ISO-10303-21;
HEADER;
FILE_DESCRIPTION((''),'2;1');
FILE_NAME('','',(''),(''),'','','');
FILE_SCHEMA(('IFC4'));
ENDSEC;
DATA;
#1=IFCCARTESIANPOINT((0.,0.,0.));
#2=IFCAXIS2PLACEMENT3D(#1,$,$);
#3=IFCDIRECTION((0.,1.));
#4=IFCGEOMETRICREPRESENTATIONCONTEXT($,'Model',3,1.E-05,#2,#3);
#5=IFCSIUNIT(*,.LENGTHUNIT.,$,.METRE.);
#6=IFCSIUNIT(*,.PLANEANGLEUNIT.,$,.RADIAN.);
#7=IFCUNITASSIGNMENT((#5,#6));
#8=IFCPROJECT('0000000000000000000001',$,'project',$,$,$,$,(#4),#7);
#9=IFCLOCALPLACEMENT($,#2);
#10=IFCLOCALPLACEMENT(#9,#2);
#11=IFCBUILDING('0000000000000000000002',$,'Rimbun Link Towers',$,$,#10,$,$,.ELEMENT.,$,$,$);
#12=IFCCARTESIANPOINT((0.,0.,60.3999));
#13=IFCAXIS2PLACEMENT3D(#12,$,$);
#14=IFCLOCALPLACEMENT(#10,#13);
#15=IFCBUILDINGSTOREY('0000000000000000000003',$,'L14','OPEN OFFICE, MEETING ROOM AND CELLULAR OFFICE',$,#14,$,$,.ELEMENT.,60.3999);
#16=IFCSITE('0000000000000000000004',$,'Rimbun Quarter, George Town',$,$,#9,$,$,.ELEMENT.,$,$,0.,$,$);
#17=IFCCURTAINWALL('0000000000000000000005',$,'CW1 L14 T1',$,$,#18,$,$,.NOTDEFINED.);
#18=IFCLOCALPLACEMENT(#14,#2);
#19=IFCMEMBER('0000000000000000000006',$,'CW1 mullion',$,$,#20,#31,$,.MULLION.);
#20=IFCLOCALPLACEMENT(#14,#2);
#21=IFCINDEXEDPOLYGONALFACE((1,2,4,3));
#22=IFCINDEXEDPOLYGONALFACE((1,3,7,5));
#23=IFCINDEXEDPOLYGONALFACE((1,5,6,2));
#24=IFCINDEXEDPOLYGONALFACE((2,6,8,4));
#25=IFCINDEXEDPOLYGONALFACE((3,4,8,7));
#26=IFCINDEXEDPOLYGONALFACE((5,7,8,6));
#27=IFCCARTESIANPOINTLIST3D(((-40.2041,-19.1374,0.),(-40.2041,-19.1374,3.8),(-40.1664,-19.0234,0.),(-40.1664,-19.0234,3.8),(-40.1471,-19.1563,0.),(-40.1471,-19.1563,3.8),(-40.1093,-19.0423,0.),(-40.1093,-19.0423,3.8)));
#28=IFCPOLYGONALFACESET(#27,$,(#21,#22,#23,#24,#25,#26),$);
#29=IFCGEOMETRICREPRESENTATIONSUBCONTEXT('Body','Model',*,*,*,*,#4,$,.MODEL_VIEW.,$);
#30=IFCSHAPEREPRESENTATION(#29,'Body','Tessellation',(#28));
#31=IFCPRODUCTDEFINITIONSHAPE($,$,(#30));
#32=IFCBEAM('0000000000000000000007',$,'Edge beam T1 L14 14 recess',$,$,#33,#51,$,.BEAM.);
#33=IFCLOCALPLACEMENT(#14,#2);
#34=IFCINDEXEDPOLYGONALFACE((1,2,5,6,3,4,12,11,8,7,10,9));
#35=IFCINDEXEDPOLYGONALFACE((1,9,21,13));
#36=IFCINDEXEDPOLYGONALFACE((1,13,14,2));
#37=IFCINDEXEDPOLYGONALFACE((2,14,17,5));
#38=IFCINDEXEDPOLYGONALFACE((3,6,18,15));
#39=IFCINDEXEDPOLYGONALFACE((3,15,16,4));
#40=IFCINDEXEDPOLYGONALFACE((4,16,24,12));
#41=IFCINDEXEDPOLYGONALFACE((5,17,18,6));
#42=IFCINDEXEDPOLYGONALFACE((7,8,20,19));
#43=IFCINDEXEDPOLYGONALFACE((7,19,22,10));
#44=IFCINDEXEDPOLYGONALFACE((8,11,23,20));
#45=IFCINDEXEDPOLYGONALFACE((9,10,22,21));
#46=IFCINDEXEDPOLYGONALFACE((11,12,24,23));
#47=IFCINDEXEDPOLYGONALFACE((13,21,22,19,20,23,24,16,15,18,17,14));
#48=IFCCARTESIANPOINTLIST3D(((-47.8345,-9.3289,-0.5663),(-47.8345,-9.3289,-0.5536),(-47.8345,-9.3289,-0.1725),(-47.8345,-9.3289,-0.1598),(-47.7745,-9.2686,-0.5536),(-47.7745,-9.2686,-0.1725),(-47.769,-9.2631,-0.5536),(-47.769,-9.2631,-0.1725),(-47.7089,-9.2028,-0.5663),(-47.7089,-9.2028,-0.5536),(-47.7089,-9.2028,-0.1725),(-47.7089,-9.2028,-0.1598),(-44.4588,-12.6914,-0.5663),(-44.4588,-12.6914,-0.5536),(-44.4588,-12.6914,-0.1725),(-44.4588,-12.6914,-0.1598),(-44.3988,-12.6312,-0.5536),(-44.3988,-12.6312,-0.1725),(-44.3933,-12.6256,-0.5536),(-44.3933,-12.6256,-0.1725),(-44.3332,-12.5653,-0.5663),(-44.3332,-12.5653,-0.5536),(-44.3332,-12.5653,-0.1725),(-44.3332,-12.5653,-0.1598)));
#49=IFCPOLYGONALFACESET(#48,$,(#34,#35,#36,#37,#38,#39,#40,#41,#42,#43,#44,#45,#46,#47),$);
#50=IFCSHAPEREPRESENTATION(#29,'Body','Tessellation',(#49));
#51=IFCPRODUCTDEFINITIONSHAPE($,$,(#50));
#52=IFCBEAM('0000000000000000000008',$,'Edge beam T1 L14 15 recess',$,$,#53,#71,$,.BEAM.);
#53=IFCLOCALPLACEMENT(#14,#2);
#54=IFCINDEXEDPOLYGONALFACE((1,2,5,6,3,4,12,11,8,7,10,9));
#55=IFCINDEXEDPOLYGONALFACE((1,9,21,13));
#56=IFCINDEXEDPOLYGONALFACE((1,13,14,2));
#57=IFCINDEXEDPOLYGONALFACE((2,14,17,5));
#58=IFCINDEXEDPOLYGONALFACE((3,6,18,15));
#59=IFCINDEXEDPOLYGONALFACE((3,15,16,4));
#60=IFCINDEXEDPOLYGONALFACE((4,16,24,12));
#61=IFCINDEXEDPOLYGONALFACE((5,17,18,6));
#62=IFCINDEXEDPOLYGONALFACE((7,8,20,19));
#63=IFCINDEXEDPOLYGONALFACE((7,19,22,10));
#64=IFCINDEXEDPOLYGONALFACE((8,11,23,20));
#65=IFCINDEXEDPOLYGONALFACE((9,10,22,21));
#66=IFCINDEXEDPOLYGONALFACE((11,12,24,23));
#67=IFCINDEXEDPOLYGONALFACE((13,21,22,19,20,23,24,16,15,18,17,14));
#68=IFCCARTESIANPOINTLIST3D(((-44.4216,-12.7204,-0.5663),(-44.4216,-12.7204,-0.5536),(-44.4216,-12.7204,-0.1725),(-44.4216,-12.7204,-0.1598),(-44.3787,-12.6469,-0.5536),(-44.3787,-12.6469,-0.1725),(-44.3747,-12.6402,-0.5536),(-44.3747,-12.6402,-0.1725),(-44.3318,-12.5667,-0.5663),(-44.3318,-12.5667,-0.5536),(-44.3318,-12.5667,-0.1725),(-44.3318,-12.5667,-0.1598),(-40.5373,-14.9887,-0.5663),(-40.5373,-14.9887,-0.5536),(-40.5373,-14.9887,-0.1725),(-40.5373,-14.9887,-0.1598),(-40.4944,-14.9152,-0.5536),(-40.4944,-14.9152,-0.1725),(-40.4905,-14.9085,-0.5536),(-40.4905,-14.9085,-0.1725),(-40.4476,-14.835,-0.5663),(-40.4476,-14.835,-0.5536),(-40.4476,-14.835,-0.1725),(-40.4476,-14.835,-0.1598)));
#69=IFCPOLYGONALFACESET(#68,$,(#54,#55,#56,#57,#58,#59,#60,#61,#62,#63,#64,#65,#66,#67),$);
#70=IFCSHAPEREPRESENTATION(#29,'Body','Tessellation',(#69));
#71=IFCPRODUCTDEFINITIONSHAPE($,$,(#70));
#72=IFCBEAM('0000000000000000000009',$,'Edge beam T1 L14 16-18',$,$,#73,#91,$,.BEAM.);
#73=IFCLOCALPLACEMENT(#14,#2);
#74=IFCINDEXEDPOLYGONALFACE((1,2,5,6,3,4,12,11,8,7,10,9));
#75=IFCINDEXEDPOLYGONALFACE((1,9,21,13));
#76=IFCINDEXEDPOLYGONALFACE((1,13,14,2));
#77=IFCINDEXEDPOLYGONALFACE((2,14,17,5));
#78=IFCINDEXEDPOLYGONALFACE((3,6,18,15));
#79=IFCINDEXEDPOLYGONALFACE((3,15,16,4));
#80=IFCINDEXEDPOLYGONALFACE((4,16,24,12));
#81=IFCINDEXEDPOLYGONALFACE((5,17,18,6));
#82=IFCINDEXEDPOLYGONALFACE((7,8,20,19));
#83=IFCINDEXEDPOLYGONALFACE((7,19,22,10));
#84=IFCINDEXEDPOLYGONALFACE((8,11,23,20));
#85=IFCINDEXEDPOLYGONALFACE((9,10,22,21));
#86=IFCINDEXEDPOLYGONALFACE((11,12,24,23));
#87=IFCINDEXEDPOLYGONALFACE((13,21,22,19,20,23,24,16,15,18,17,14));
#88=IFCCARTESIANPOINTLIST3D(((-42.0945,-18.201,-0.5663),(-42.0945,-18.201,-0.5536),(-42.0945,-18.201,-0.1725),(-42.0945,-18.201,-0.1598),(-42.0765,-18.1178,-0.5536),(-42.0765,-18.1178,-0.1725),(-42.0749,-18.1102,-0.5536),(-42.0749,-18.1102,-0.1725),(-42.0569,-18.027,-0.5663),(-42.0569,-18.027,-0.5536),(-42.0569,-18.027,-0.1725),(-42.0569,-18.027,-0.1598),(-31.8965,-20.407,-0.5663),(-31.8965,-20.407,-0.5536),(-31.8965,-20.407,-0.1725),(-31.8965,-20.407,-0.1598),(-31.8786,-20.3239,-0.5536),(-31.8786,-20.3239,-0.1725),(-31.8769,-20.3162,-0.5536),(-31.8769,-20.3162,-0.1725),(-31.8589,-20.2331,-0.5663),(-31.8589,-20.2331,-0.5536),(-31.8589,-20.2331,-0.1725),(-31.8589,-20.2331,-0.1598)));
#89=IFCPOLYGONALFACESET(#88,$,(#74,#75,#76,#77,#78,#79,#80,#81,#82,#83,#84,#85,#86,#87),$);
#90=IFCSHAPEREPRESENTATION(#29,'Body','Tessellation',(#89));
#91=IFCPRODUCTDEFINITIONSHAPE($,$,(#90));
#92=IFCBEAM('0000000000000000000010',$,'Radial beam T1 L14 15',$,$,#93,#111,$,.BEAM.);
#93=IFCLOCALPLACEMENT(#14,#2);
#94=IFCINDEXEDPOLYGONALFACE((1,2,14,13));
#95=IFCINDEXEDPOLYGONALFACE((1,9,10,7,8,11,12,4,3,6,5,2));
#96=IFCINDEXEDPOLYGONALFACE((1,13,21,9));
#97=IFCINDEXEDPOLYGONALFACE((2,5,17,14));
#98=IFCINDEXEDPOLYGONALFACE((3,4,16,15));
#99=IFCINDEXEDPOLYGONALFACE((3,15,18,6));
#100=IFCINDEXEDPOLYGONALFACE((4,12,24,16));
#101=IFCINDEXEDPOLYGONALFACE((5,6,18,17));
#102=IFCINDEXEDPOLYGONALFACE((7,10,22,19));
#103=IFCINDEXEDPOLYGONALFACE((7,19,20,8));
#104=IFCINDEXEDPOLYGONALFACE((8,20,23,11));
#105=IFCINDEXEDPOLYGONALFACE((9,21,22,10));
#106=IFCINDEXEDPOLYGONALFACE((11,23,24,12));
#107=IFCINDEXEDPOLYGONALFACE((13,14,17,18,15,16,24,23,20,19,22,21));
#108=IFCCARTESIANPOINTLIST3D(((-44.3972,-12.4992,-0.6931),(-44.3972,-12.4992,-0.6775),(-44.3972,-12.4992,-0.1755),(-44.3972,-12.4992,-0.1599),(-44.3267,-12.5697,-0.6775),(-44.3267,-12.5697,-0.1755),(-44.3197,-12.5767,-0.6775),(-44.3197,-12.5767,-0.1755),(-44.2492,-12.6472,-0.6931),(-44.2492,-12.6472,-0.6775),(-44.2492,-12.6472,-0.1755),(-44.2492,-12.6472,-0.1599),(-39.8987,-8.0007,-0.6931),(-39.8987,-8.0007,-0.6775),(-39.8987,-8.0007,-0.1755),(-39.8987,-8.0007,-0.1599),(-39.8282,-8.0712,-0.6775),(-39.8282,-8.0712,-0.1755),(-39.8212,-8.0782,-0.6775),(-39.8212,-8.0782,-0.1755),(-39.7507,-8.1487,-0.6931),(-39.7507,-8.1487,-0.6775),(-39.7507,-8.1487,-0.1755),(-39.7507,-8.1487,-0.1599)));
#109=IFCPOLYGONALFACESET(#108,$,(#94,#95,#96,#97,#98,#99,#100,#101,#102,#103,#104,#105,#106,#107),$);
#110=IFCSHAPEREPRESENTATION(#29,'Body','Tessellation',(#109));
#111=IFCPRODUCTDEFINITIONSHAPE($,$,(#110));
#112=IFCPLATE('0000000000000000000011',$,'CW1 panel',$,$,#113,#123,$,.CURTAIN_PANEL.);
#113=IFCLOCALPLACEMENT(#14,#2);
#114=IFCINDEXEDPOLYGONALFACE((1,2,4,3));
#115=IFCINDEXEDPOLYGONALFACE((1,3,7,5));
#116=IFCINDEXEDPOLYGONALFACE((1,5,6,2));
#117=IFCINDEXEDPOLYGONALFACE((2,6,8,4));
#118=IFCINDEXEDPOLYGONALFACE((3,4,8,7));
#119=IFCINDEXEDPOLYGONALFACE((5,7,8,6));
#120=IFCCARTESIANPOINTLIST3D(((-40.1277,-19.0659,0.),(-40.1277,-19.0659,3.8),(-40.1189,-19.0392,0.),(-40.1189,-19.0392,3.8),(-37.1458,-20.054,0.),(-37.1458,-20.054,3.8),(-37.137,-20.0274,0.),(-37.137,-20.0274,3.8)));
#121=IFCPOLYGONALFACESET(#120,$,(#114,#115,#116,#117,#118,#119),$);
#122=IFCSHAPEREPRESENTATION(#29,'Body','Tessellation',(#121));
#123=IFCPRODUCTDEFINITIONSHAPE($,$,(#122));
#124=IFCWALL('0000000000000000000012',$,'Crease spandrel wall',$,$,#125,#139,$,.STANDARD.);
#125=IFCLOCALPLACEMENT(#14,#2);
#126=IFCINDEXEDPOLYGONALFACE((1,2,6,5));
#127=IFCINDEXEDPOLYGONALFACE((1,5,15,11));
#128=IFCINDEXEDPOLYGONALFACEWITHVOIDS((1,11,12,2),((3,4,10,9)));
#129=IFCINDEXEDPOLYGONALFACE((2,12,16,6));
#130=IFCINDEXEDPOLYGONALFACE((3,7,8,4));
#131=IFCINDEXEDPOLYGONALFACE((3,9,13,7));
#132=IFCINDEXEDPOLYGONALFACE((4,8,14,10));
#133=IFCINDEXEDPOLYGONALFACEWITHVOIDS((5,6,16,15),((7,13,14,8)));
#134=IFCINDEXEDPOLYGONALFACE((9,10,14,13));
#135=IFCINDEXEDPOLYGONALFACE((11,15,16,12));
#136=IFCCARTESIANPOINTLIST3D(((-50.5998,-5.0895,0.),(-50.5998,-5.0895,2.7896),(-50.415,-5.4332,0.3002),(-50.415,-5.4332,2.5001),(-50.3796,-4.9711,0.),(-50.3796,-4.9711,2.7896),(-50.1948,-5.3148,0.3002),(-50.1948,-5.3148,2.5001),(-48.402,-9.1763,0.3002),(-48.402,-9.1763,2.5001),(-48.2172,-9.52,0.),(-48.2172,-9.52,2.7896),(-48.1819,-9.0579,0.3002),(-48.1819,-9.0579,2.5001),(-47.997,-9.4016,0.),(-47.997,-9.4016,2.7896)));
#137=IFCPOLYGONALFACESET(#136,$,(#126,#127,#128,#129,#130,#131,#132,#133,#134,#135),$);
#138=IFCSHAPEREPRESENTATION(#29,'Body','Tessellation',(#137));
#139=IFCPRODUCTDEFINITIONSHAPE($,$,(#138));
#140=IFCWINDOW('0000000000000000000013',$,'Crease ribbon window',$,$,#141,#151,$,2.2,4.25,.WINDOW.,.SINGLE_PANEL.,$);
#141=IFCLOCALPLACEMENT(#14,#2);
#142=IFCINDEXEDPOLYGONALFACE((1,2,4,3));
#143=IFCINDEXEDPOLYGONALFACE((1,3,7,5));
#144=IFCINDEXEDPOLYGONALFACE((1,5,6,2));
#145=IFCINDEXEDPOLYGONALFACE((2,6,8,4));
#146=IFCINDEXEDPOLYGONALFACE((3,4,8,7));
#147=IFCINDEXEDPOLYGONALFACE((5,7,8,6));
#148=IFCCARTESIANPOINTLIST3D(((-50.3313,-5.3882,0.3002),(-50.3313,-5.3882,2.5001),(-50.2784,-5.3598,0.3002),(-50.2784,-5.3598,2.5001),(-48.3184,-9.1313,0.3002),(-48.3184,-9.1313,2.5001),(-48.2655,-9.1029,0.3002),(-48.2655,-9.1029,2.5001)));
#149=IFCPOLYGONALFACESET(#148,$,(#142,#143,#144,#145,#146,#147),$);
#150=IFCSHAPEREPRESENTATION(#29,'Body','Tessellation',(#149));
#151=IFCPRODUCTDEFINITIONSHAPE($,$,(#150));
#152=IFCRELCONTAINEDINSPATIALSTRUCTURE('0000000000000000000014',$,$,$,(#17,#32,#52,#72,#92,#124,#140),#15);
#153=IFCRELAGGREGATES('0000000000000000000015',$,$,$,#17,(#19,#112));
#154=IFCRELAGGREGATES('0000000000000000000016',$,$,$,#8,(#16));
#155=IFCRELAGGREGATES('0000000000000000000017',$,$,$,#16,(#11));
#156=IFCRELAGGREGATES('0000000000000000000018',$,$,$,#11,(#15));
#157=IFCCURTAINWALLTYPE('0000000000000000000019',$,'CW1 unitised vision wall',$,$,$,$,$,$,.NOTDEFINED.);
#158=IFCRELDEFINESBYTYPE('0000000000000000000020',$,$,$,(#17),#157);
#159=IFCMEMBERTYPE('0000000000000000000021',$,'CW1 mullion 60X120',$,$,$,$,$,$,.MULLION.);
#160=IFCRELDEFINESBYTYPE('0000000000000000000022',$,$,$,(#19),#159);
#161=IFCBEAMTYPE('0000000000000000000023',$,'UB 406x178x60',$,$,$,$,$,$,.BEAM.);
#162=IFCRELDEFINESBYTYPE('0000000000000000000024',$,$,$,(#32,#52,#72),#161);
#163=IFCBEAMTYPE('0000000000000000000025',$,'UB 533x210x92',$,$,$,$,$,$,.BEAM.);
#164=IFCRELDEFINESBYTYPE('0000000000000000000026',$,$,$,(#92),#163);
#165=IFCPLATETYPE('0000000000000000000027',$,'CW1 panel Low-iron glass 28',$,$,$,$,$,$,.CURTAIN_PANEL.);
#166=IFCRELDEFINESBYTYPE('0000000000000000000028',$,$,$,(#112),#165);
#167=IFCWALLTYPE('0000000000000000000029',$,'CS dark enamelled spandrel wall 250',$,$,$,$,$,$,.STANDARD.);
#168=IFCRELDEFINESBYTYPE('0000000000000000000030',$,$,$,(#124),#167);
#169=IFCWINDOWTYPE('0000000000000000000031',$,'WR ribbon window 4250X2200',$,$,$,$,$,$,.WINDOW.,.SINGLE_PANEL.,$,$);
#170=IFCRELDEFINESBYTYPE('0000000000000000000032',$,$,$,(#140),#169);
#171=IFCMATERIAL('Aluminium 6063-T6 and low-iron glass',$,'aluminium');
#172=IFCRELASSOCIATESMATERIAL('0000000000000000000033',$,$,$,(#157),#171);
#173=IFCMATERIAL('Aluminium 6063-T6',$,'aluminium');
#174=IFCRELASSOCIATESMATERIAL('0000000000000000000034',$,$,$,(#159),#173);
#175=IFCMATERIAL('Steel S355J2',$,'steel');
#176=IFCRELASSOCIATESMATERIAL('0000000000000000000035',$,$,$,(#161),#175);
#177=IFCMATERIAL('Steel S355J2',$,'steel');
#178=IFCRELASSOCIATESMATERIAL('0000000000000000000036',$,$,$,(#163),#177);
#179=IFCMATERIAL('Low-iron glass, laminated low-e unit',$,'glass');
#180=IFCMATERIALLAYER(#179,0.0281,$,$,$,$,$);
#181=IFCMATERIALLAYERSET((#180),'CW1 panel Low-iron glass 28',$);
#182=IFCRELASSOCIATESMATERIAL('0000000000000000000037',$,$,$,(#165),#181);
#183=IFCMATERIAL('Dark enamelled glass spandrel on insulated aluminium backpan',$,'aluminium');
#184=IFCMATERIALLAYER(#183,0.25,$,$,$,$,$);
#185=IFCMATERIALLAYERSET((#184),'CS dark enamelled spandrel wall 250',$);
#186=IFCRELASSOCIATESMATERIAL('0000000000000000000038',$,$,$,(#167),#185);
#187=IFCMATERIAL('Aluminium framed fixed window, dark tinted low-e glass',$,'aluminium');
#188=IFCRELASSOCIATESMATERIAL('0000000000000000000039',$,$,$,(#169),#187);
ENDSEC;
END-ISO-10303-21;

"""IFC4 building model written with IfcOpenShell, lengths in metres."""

from ifc_helpers import new_model, si_unit, direction, frame, frame_2d, origin, origin_2d, place, context, subcontext, project, spatial, rectangle, i_section, extrude, material, layer, layer_set, material_profile, profile_set, type_object, element, fill, aggregate, save


model = new_model("IFC4")

# Units and contexts
model_context = context("Model", 3, precision=1e-05, world=origin(), true_north=direction((0.0, 1.0)))
body_context = subcontext(model_context, "Body", "Model", "MODEL_VIEW")
ifc_project = project(units=[si_unit("LENGTHUNIT", "METRE"), si_unit("PLANEANGLEUNIT", "RADIAN")], contexts=[model_context])

# Site, building, storey
site_placement = place(None, origin())
site = spatial("IfcSite", under=ifc_project, at=site_placement, Name="Rimbun Quarter, George Town", CompositionType="ELEMENT", RefElevation=0.0)
building_placement = place(site_placement, origin())
building = spatial("IfcBuilding", under=site, at=building_placement, Name="Rimbun Link Towers", CompositionType="ELEMENT")
storey_placement = place(building_placement, frame((0.0, 0.0, 60.3999)))
storey = spatial("IfcBuildingStorey", under=building, at=storey_placement, Name="L14", Description="OPEN OFFICE, MEETING ROOM AND CELLULAR OFFICE", CompositionType="ELEMENT", Elevation=60.3999)

# Curtain wall, member
ifc_material_1 = material(Name="Aluminium 6063-T6 and low-iron glass", Category="aluminium")
curtain_wall_type = type_object("IfcCurtainWallType", Name="CW1 unitised vision wall", PredefinedType="NOTDEFINED", material=ifc_material_1)
curtain_wall_placement = place(storey_placement, origin())
curtain_wall = element("IfcCurtainWall", 1, at=curtain_wall_placement, inside=storey, type_object=curtain_wall_type, Name="CW1 L14 T1", PredefinedType="NOTDEFINED")
ifc_material_2 = material(Name="Aluminium 6063-T6", Category="aluminium")
ifc_material_profile_1 = material_profile(ifc_material_2, rectangle(XDim=0.1201, YDim=0.0601, at=origin_2d()), Name="MULLION 60X120")
ifc_profile_set_1 = profile_set([ifc_material_profile_1], Name="Aluminium 6063-T6")
member_type_1 = type_object("IfcMemberType", Name="CW1 mullion 60X120", PredefinedType="MULLION", material=ifc_profile_set_1)
member_1_placement = place(storey_placement, frame((-40.1567, -19.0898, 0.0), z_axis=(0.0, 0.0, 1.0), x_axis=(-0.314563, -0.949236, 0.0)))
member_1 = element("IfcMember", 2, at=member_1_placement, type_object=member_type_1, Name="CW1 mullion", PredefinedType="MULLION", context=body_context, shape_type="SweptSolid", body=[
    extrude(rectangle(XDim=0.1201, YDim=0.0601, at=origin_2d()), origin(), (0.0, 0.0, 1.0), 3.8),
])

# Beams
ifc_material_3 = material(Name="Steel S355J2", Category="steel")
ifc_material_profile_2 = material_profile(ifc_material_3, i_section(OverallWidth=0.178, OverallDepth=0.4065, WebThickness=0.0078, FlangeThickness=0.0127, at=origin_2d()), Name="UB 406x178x60")
ifc_profile_set_2 = profile_set([ifc_material_profile_2], Name="Steel S355J2")
beam_type_1 = type_object("IfcBeamType", Name="UB 406x178x60", PredefinedType="BEAM", material=ifc_profile_set_2)
beam_1_placement = place(storey_placement, frame((-47.7717, -9.2659, -0.363), z_axis=(0.708489, -0.705722, 0.0), x_axis=(0.705722, 0.708489, 0.0)))
element("IfcBeam", 3, at=beam_1_placement, inside=storey, type_object=beam_type_1, Name="Edge beam T1 L14 14 recess", PredefinedType="BEAM", context=body_context, shape_type="SweptSolid", body=[
    extrude(i_section(OverallWidth=0.178, OverallDepth=0.4065, WebThickness=0.0078, FlangeThickness=0.0127, at=origin_2d()), origin(), (0.0, 0.0, 1.0), 4.7646),
])
beam_2_placement = place(storey_placement, frame((-44.3767, -12.6436, -0.363), z_axis=(0.863539, -0.504283, 0.0), x_axis=(0.504283, 0.863539, 0.0)))
element("IfcBeam", 4, at=beam_2_placement, inside=storey, type_object=beam_type_1, Name="Edge beam T1 L14 15 recess", PredefinedType="BEAM", context=body_context, shape_type="SweptSolid", body=[
    extrude(i_section(OverallWidth=0.178, OverallDepth=0.4065, WebThickness=0.0078, FlangeThickness=0.0127, at=origin_2d()), origin(), (0.0, 0.0, 1.0), 4.498),
])
beam_3_placement = place(storey_placement, frame((-42.0757, -18.114, -0.363), z_axis=(0.977393, -0.211432, 0.0), x_axis=(0.211432, 0.977393, 0.0)))
element("IfcBeam", 5, at=beam_3_placement, inside=storey, type_object=beam_type_1, Name="Edge beam T1 L14 16-18", PredefinedType="BEAM", context=body_context, shape_type="SweptSolid", body=[
    extrude(i_section(OverallWidth=0.178, OverallDepth=0.4065, WebThickness=0.0078, FlangeThickness=0.0127, at=origin_2d()), origin(), (0.0, 0.0, 1.0), 10.4338),
])
ifc_material_4 = material(Name="Steel S355J2", Category="steel")
ifc_material_profile_3 = material_profile(ifc_material_4, i_section(OverallWidth=0.2092, OverallDepth=0.5332, WebThickness=0.01, FlangeThickness=0.0156, at=origin_2d()), Name="UB 533x210x92")
ifc_profile_set_3 = profile_set([ifc_material_profile_3], Name="Steel S355J2")
beam_type_2 = type_object("IfcBeamType", Name="UB 533x210x92", PredefinedType="BEAM", material=ifc_profile_set_3)
beam_4_placement = place(storey_placement, frame((-39.8247, -8.0747, -0.4265), z_axis=(-0.707107, -0.707107, 0.0), x_axis=(0.707107, -0.707107, 0.0)))
element("IfcBeam", 6, at=beam_4_placement, inside=storey, type_object=beam_type_2, Name="Radial beam T1 L14 15", PredefinedType="BEAM", context=body_context, shape_type="SweptSolid", body=[
    extrude(i_section(OverallWidth=0.2092, OverallDepth=0.5332, WebThickness=0.01, FlangeThickness=0.0156, at=origin_2d()), origin(), (0.0, 0.0, 1.0), 6.3618),
])

# Plate
ifc_material_5 = material(Name="Low-iron glass, laminated low-e unit", Category="glass")
ifc_layer_1 = layer(ifc_material_5, 0.0281)
ifc_layer_set_1 = layer_set([ifc_layer_1], Name="CW1 panel Low-iron glass 28")
plate_type = type_object("IfcPlateType", Name="CW1 panel Low-iron glass 28", PredefinedType="CURTAIN_PANEL", material=ifc_layer_set_1)
plate_placement = place(storey_placement, frame((-38.6323, -19.5466, 0.0), z_axis=(0.0, 0.0, 1.0), x_axis=(-0.949236, 0.314563, 0.0)))
plate = element("IfcPlate", 7, at=plate_placement, type_object=plate_type, Name="CW1 panel", PredefinedType="CURTAIN_PANEL", context=body_context, shape_type="SweptSolid", body=[
    extrude(rectangle(XDim=3.1414, YDim=0.0281, at=origin_2d()), origin(), (0.0, 0.0, 1.0), 3.8),
])
aggregate(curtain_wall, [member_1, plate])

# Wall, opening, window
ifc_material_6 = material(Name="Dark enamelled glass spandrel on insulated aluminium backpan", Category="aluminium")
ifc_layer_2 = layer(ifc_material_6, 0.25)
ifc_layer_set_2 = layer_set([ifc_layer_2], Name="CS dark enamelled spandrel wall 250")
wall_type_1 = type_object("IfcWallType", Name="CS dark enamelled spandrel wall 250", PredefinedType="STANDARD", material=ifc_layer_set_2)
wall_1_placement = place(storey_placement, frame((-48.1072, -9.4607, 0.0), z_axis=(0.0, 0.0, 1.0), x_axis=(-0.473631, 0.880723, 0.0)))
wall_1 = element("IfcWall", 8, at=wall_1_placement, inside=storey, type_object=wall_type_1, Name="Crease spandrel wall", PredefinedType="STANDARD", context=body_context, shape_type="SweptSolid", body=[
    extrude(rectangle(XDim=5.0305, YDim=0.25, at=frame_2d((2.5151, 0.0))), origin(), (0.0, 0.0, 1.0), 2.7896),
])
opening_1_placement = place(wall_1_placement, frame((0.3901, 0.0, 0.3)))
opening_1 = element("IfcOpeningElement", 9, at=opening_1_placement, cuts=wall_1, PredefinedType="OPENING", context=body_context, shape_type="SweptSolid", body=[
    extrude(rectangle(XDim=4.25, YDim=2.2, at=frame_2d((2.125, 1.1001))), frame((0.0, 0.135, 0.0), z_axis=(0.0, -1.0, 0.0), x_axis=(1.0, 0.0, 0.0)), (0.0, 0.0, 1.0), 0.27),
])
ifc_material_7 = material(Name="Aluminium framed fixed window, dark tinted low-e glass", Category="aluminium")
window_type_1 = type_object("IfcWindowType", Name="WR ribbon window 4250X2200", PartitioningType="SINGLE_PANEL", PredefinedType="WINDOW", material=ifc_material_7)
window_1_placement = place(opening_1_placement, origin())
window_1 = element("IfcWindow", 10, at=window_1_placement, inside=storey, type_object=window_type_1, Name="Crease ribbon window", OverallHeight=2.2, OverallWidth=4.25, PartitioningType="SINGLE_PANEL", PredefinedType="WINDOW", context=body_context, shape_type="SweptSolid", body=[
    extrude(rectangle(XDim=4.25, YDim=2.2, at=frame_2d((2.125, 1.1001))), frame((0.0, 0.03, 0.0), z_axis=(0.0, -1.0, 0.0), x_axis=(1.0, 0.0, 0.0)), (0.0, 0.0, 1.0), 0.0601),
])
fill(opening_1, window_1)

save(model, "model.ifc")
